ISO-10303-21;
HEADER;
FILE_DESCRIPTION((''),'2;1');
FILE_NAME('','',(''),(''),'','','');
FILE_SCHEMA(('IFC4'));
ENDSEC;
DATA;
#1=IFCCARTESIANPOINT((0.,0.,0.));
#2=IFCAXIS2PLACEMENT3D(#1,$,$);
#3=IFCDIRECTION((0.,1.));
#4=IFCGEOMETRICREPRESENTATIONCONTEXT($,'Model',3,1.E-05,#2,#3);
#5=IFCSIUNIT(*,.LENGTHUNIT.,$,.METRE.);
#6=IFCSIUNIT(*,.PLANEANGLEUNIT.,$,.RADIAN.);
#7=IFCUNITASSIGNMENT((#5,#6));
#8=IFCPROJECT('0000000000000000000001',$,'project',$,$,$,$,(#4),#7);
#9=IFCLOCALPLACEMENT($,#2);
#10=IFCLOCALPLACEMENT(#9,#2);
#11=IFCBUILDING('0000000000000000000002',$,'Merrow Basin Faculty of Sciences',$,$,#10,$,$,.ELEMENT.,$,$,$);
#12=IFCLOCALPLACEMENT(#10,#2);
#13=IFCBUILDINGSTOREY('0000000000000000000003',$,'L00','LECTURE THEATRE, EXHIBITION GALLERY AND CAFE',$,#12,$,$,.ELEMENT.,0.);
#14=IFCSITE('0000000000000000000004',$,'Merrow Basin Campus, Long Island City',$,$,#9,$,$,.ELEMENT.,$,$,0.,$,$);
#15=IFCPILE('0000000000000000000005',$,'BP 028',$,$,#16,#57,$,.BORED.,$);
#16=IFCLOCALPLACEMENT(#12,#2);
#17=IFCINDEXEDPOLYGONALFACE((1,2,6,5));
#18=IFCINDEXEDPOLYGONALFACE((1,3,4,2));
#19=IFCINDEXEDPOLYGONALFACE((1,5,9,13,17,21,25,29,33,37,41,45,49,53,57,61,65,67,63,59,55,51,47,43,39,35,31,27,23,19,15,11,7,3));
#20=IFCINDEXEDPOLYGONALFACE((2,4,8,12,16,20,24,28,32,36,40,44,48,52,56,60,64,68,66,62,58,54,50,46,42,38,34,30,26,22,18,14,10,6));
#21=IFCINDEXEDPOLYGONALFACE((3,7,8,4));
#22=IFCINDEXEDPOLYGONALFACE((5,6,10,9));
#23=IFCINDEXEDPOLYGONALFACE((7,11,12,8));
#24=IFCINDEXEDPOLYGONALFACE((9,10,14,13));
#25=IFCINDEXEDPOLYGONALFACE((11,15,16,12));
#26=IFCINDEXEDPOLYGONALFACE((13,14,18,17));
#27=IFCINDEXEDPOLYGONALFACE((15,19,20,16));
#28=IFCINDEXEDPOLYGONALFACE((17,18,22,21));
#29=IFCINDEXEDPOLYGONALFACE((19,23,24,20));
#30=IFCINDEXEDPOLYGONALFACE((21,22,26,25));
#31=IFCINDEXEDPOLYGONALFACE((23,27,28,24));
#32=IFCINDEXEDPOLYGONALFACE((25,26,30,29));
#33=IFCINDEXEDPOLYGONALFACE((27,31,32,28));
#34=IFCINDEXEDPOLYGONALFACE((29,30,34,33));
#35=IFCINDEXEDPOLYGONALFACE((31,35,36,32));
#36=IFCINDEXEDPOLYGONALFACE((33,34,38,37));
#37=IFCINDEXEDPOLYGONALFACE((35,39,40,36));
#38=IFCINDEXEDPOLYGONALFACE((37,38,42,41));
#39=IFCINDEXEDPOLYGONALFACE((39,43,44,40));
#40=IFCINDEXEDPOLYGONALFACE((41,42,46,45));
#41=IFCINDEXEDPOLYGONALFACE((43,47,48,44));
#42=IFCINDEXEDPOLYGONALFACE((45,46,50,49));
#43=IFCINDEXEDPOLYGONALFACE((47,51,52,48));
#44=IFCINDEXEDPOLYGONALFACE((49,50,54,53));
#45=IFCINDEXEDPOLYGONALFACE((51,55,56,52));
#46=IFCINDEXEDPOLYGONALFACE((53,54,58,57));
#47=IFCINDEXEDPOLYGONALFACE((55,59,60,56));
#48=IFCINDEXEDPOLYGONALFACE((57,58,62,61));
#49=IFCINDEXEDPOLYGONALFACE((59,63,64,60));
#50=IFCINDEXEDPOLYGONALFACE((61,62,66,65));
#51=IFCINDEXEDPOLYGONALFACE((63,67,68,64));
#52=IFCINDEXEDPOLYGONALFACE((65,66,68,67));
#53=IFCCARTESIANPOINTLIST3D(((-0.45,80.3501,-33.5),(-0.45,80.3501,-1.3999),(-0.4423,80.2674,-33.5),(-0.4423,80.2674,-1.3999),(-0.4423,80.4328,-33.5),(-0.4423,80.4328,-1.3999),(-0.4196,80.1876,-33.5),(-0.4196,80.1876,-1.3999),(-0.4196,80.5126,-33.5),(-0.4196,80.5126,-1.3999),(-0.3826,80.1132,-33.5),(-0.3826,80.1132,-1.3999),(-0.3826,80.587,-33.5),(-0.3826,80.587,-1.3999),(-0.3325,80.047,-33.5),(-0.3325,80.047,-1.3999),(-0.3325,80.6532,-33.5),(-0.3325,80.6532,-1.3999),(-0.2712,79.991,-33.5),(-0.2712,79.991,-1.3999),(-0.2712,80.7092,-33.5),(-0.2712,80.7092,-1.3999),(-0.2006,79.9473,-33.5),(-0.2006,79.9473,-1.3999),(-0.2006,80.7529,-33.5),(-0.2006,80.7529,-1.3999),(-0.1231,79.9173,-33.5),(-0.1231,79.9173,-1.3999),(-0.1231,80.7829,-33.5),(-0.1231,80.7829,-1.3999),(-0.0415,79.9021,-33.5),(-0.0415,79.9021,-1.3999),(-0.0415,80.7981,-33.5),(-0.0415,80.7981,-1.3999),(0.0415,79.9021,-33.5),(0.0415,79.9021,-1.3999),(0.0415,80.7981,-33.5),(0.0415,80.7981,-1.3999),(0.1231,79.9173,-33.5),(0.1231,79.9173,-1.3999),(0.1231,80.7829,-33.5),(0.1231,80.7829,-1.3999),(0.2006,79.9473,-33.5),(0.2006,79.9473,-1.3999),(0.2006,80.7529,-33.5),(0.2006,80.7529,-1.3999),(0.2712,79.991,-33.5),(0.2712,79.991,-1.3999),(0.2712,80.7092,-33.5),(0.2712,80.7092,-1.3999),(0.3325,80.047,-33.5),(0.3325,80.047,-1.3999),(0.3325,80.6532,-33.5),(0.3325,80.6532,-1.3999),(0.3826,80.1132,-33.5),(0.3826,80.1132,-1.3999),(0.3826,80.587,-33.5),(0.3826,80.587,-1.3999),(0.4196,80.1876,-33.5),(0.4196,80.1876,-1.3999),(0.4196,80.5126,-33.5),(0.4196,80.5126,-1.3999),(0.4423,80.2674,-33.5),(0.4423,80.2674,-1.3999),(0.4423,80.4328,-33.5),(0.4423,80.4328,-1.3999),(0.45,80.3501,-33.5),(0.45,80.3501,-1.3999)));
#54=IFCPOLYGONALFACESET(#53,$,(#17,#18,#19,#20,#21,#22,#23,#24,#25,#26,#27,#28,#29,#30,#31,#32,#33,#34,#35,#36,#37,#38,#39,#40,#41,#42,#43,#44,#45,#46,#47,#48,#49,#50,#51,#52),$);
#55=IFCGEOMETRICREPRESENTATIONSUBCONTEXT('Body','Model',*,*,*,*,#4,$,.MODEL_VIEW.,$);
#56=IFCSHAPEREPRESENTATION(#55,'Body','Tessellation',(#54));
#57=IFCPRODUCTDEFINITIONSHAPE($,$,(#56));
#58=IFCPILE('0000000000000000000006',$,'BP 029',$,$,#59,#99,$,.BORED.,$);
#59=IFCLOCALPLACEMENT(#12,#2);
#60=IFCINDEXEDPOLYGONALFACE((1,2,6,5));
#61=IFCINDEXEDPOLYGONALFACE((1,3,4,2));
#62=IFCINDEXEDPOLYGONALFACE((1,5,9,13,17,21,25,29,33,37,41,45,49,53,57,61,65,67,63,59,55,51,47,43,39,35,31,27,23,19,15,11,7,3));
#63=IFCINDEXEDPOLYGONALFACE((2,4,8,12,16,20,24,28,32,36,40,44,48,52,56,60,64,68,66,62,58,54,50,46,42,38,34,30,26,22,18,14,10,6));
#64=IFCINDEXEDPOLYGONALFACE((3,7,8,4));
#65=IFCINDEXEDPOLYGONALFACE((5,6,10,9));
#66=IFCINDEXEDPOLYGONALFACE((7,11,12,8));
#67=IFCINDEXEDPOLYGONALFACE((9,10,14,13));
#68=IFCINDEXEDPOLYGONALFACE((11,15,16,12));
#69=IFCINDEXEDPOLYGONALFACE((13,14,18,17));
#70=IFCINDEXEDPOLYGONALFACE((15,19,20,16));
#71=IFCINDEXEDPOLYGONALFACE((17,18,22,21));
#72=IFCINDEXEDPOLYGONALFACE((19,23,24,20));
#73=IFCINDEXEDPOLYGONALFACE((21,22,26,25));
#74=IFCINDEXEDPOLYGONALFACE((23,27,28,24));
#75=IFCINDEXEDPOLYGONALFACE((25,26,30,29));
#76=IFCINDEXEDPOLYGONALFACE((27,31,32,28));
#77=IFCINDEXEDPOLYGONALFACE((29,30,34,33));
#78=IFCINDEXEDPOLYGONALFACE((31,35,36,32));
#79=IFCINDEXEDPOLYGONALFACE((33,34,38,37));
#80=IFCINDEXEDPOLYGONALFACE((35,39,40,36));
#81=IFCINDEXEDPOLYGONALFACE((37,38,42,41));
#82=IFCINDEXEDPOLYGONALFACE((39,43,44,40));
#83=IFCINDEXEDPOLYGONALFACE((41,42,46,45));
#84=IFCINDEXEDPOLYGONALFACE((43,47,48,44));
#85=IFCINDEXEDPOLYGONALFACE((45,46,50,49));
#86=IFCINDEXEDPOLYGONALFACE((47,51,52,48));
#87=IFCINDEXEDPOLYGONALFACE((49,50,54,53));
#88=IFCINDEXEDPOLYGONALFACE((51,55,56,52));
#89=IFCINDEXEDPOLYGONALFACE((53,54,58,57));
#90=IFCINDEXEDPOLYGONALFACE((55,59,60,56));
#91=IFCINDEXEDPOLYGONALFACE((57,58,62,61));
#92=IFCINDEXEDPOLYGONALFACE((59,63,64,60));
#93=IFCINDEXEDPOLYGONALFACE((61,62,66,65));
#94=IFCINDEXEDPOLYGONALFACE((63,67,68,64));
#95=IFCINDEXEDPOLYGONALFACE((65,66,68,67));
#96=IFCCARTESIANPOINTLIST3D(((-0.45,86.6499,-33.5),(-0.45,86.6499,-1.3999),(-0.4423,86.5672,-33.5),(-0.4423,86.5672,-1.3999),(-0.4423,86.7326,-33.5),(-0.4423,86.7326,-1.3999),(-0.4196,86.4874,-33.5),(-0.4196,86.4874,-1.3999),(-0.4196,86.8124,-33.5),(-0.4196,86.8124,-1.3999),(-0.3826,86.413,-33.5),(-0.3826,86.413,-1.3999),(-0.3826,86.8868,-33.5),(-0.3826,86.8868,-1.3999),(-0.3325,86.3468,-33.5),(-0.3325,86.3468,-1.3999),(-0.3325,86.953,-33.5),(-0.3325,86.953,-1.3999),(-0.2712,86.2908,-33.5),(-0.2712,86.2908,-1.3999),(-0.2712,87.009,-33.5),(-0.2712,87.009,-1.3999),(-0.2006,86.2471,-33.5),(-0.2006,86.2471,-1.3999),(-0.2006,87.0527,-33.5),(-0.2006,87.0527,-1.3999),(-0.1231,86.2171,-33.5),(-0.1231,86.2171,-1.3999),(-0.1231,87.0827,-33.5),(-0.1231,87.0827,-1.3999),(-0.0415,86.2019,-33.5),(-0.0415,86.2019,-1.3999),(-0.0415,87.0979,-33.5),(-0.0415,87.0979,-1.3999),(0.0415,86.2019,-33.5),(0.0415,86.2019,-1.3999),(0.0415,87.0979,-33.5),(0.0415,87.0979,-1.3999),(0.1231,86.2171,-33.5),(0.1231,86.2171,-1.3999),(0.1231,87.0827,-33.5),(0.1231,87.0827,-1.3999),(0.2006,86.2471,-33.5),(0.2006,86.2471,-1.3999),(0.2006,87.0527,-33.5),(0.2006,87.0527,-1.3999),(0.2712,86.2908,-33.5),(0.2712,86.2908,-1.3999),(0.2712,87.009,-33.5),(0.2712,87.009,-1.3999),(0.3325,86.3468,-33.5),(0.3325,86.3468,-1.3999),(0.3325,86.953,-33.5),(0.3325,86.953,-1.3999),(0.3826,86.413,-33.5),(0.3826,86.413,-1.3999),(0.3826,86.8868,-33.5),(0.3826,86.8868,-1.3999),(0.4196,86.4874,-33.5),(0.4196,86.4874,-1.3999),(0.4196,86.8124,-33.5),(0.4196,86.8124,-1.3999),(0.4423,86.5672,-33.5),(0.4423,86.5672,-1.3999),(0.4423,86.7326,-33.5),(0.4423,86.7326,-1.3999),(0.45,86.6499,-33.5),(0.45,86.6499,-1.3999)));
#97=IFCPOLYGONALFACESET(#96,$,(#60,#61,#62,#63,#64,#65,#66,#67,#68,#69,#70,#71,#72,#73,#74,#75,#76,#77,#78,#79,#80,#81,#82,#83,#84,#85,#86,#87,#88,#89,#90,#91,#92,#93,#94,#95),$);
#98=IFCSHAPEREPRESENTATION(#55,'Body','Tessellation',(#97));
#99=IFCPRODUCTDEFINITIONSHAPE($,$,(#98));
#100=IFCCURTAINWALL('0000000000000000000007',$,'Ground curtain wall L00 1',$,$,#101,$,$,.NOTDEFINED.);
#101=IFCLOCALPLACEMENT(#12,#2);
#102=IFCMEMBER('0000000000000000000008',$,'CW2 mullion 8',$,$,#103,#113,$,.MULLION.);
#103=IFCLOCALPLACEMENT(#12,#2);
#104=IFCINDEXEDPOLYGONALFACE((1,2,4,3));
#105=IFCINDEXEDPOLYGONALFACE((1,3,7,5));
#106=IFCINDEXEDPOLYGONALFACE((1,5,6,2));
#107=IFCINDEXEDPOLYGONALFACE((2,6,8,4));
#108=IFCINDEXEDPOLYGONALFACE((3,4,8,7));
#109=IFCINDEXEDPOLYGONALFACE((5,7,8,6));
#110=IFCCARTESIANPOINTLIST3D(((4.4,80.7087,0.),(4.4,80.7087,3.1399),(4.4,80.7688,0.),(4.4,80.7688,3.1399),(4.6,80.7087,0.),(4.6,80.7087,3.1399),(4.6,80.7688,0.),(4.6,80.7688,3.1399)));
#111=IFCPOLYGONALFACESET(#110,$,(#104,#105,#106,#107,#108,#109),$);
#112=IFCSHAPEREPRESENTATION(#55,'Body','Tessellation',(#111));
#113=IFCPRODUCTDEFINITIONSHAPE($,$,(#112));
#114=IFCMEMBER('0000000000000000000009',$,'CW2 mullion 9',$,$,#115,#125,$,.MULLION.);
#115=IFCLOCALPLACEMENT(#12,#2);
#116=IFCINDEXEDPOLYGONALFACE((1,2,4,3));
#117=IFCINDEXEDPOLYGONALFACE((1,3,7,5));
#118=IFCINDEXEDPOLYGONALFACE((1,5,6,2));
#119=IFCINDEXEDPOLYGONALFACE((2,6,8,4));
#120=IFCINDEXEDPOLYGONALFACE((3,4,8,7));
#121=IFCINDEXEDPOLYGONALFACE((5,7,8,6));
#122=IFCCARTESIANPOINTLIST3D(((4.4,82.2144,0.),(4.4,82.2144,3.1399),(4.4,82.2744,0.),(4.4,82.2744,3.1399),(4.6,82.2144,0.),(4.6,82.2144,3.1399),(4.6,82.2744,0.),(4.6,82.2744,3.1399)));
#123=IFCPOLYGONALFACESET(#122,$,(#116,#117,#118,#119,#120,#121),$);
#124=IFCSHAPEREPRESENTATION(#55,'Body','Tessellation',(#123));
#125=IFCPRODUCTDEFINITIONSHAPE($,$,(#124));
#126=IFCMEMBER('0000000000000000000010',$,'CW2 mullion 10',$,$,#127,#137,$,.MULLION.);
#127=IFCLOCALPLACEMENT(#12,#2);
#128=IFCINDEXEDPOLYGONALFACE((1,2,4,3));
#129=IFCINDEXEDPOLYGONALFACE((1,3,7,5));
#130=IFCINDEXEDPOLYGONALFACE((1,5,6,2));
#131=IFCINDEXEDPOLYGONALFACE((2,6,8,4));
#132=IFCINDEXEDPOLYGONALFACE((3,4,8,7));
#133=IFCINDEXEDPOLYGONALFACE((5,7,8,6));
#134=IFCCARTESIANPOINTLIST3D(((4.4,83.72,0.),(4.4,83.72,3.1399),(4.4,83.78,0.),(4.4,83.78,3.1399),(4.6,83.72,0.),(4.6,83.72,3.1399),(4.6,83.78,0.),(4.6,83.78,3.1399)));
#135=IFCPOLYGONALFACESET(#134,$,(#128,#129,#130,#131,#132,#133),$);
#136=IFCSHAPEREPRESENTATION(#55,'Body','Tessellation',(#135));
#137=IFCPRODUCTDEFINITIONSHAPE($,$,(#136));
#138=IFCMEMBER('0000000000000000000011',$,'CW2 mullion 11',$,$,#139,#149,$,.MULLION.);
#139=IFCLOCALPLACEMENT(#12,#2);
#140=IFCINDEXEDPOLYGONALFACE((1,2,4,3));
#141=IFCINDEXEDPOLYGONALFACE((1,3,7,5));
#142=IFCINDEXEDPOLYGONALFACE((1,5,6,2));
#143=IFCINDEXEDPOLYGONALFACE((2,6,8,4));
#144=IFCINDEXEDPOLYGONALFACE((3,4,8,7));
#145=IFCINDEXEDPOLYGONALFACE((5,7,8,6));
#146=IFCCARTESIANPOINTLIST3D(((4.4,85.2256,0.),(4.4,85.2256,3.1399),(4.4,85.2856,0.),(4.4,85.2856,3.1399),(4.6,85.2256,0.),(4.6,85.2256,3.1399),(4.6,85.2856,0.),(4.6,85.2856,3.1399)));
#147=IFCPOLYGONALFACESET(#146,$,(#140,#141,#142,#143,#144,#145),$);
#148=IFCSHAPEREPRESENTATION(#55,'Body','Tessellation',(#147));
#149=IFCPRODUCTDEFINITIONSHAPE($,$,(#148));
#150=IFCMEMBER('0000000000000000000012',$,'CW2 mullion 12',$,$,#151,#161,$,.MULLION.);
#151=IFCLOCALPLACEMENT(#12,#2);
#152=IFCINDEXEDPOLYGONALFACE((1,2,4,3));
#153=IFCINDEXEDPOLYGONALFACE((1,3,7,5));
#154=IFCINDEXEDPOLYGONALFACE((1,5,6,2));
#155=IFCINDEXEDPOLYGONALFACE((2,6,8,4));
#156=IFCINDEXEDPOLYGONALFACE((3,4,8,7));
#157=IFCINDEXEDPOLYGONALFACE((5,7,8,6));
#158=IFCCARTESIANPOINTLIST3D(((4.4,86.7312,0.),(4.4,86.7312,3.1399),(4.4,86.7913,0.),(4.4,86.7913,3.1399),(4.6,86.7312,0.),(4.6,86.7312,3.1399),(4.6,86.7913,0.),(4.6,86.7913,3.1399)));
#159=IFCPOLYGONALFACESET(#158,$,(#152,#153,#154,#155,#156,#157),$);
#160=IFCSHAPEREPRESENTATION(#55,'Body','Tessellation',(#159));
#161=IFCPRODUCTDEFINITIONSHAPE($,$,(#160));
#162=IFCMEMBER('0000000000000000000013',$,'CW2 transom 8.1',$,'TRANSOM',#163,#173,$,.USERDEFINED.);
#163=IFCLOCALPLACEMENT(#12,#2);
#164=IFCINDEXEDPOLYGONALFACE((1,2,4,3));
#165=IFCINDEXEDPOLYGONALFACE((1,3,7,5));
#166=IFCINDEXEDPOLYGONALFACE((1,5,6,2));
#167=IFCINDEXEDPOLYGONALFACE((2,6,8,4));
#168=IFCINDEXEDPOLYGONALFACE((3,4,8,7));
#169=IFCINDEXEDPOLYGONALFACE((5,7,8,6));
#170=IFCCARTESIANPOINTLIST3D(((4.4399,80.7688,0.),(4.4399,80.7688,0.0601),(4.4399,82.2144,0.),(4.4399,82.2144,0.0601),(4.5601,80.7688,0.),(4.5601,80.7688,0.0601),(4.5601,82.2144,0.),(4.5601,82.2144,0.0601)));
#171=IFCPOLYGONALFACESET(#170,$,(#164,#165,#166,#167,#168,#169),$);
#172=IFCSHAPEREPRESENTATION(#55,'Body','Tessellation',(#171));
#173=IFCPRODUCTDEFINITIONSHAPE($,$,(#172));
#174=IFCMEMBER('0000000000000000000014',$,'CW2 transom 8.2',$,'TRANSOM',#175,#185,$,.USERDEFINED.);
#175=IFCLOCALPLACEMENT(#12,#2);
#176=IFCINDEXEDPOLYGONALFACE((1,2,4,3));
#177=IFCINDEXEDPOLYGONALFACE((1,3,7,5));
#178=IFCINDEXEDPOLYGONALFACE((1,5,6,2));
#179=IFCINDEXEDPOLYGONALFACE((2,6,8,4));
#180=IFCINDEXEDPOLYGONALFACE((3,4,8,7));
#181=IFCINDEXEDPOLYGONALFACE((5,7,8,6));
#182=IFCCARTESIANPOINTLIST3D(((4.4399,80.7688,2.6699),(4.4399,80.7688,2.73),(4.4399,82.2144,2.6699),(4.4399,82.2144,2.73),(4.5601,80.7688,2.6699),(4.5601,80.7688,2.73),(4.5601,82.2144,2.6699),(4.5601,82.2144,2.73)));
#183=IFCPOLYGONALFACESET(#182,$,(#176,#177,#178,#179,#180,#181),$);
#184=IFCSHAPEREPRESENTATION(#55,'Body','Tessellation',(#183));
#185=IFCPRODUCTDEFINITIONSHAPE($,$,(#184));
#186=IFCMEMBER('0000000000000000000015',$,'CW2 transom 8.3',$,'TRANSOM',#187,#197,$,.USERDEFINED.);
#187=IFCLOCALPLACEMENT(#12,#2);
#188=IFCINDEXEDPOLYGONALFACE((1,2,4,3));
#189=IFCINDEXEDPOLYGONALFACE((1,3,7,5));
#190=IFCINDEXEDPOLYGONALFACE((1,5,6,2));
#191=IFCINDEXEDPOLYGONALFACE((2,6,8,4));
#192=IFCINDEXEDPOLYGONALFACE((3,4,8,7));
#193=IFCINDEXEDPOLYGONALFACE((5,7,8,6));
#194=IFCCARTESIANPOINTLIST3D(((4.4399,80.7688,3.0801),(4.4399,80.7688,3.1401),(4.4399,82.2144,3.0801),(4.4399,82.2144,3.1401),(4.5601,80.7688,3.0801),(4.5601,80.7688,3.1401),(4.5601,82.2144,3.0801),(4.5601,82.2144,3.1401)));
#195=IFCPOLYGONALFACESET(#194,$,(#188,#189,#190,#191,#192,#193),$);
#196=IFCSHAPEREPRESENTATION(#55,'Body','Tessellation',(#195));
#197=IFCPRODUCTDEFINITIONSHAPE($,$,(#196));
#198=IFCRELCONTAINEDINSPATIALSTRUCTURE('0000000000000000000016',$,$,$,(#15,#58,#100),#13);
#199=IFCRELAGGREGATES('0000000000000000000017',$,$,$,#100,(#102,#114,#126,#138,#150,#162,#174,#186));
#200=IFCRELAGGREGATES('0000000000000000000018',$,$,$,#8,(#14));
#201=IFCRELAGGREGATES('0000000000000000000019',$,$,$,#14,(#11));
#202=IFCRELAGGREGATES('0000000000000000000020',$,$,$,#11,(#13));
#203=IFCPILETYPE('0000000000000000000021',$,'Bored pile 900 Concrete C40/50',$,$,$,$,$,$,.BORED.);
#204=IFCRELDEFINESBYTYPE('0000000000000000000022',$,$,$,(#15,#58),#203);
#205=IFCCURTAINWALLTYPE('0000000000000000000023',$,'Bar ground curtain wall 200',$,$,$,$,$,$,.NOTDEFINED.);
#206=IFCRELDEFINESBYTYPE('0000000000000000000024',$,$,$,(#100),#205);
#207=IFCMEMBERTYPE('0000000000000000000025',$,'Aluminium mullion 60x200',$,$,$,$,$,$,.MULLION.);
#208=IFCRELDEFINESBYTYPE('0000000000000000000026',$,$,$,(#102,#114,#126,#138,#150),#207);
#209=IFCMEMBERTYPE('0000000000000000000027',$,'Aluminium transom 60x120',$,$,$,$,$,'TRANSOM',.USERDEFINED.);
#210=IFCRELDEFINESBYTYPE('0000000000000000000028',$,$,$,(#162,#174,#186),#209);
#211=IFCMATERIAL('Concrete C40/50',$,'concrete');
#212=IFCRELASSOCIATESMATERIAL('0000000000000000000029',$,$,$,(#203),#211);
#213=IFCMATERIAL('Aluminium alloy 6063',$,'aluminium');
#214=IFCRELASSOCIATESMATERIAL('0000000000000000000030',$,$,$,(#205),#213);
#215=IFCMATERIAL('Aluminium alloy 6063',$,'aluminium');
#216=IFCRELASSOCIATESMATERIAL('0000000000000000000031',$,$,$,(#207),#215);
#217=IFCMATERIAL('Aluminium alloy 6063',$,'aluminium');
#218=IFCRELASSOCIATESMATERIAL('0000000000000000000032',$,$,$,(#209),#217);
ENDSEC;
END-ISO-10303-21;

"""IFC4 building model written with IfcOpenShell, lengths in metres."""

from ifc_helpers import new_model, si_unit, direction, frame, origin, origin_2d, place, context, subcontext, project, spatial, rectangle, circle, extrude, material, material_profile, profile_set, type_object, element, aggregate, save


model = new_model("IFC4")

# Units and contexts
model_context = context("Model", 3, precision=1e-05, world=origin(), true_north=direction((0.0, 1.0)))
body_context = subcontext(model_context, "Body", "Model", "MODEL_VIEW")
ifc_project = project(units=[si_unit("LENGTHUNIT", "METRE"), si_unit("PLANEANGLEUNIT", "RADIAN")], contexts=[model_context])

# Site, building, storey
site_placement = place(None, origin())
site = spatial("IfcSite", under=ifc_project, at=site_placement, Name="Merrow Basin Campus, Long Island City", CompositionType="ELEMENT", RefElevation=0.0)
building_placement = place(site_placement, origin())
building = spatial("IfcBuilding", under=site, at=building_placement, Name="Merrow Basin Faculty of Sciences", CompositionType="ELEMENT")
storey_placement = place(building_placement, origin())
storey = spatial("IfcBuildingStorey", under=building, at=storey_placement, Name="L00", Description="LECTURE THEATRE, EXHIBITION GALLERY AND CAFE", CompositionType="ELEMENT", Elevation=0.0)

# Piles
ifc_material_1 = material(Name="Concrete C40/50", Category="concrete")
ifc_material_profile_1 = material_profile(ifc_material_1, circle(Radius=0.45, at=origin_2d()))
ifc_profile_set_1 = profile_set([ifc_material_profile_1], Name="Concrete C40/50")
pile_type = type_object("IfcPileType", Name="Bored pile 900 Concrete C40/50", PredefinedType="BORED", material=ifc_profile_set_1)
for number, where, z_axis, x_axis, name in (
    (1, (0.0, 80.3501, -1.3999), (0.0, 0.0, -1.0), (1.0, 0.0, 0.0), "BP 028"),
    (2, (0.0, 86.6499, -1.3999), (0.0, 0.0, -1.0), (1.0, 0.0, 0.0), "BP 029"),
):
    element("IfcPile", number, at=place(storey_placement, frame(where, z_axis=z_axis, x_axis=x_axis)), inside=storey, type_object=pile_type, Name=name, PredefinedType="BORED", context=body_context, shape_type="SweptSolid", body=[
        extrude(circle(Radius=0.45, at=origin_2d()), origin(), (0.0, 0.0, 1.0), 32.1001),
    ])

# Curtain wall, members
ifc_material_2 = material(Name="Aluminium alloy 6063", Category="aluminium")
curtain_wall_type = type_object("IfcCurtainWallType", Name="Bar ground curtain wall 200", PredefinedType="NOTDEFINED", material=ifc_material_2)
curtain_wall_placement = place(storey_placement, origin())
curtain_wall = element("IfcCurtainWall", 3, at=curtain_wall_placement, inside=storey, type_object=curtain_wall_type, Name="Ground curtain wall L00 1", PredefinedType="NOTDEFINED")
ifc_material_3 = material(Name="Aluminium alloy 6063", Category="aluminium")
ifc_material_profile_2 = material_profile(ifc_material_3, rectangle(XDim=0.2, YDim=0.0601, at=origin_2d()))
ifc_profile_set_2 = profile_set([ifc_material_profile_2], Name="Aluminium alloy 6063")
member_type_1 = type_object("IfcMemberType", Name="Aluminium mullion 60x200", PredefinedType="MULLION", material=ifc_profile_set_2)
member_1_placement = place(storey_placement, frame((4.5, 80.7388, 0.0), z_axis=(0.0, 0.0, 1.0), x_axis=(-1.0, 0.0, 0.0)))
member_1 = element("IfcMember", 4, at=member_1_placement, type_object=member_type_1, Name="CW2 mullion 8", PredefinedType="MULLION", context=body_context, shape_type="SweptSolid", body=[
    extrude(rectangle(XDim=0.2, YDim=0.0601, at=origin_2d()), origin(), (0.0, 0.0, 1.0), 3.1399),
])
member_2_placement = place(storey_placement, frame((4.5, 82.2444, 0.0), z_axis=(0.0, 0.0, 1.0), x_axis=(-1.0, 0.0, 0.0)))
member_2 = element("IfcMember", 5, at=member_2_placement, type_object=member_type_1, Name="CW2 mullion 9", PredefinedType="MULLION", context=body_context, shape_type="SweptSolid", body=[
    extrude(rectangle(XDim=0.2, YDim=0.0601, at=origin_2d()), origin(), (0.0, 0.0, 1.0), 3.1399),
])
member_3_placement = place(storey_placement, frame((4.5, 83.75, 0.0), z_axis=(0.0, 0.0, 1.0), x_axis=(-1.0, 0.0, 0.0)))
member_3 = element("IfcMember", 6, at=member_3_placement, type_object=member_type_1, Name="CW2 mullion 10", PredefinedType="MULLION", context=body_context, shape_type="SweptSolid", body=[
    extrude(rectangle(XDim=0.2, YDim=0.0601, at=origin_2d()), origin(), (0.0, 0.0, 1.0), 3.1399),
])
member_4_placement = place(storey_placement, frame((4.5, 85.2556, 0.0), z_axis=(0.0, 0.0, 1.0), x_axis=(-1.0, 0.0, 0.0)))
member_4 = element("IfcMember", 7, at=member_4_placement, type_object=member_type_1, Name="CW2 mullion 11", PredefinedType="MULLION", context=body_context, shape_type="SweptSolid", body=[
    extrude(rectangle(XDim=0.2, YDim=0.0601, at=origin_2d()), origin(), (0.0, 0.0, 1.0), 3.1399),
])
member_5_placement = place(storey_placement, frame((4.5, 86.7612, 0.0), z_axis=(0.0, 0.0, 1.0), x_axis=(-1.0, 0.0, 0.0)))
member_5 = element("IfcMember", 8, at=member_5_placement, type_object=member_type_1, Name="CW2 mullion 12", PredefinedType="MULLION", context=body_context, shape_type="SweptSolid", body=[
    extrude(rectangle(XDim=0.2, YDim=0.0601, at=origin_2d()), origin(), (0.0, 0.0, 1.0), 3.1399),
])
ifc_material_4 = material(Name="Aluminium alloy 6063", Category="aluminium")
ifc_material_profile_3 = material_profile(ifc_material_4, rectangle(XDim=0.1201, YDim=0.0601, at=origin_2d()))
ifc_profile_set_3 = profile_set([ifc_material_profile_3], Name="Aluminium alloy 6063")
member_type_2 = type_object("IfcMemberType", Name="Aluminium transom 60x120", ElementType="TRANSOM", PredefinedType="USERDEFINED", material=ifc_profile_set_3)
member_6_placement = place(storey_placement, frame((4.5, 80.7688, 0.03), z_axis=(0.0, 1.0, 0.0), x_axis=(-1.0, 0.0, 0.0)))
member_6 = element("IfcMember", 9, at=member_6_placement, type_object=member_type_2, Name="CW2 transom 8.1", ObjectType="TRANSOM", PredefinedType="USERDEFINED", context=body_context, shape_type="SweptSolid", body=[
    extrude(rectangle(XDim=0.1201, YDim=0.0601, at=origin_2d()), origin(), (0.0, 0.0, 1.0), 1.4456),
])
member_7_placement = place(storey_placement, frame((4.5, 80.7688, 2.7), z_axis=(0.0, 1.0, 0.0), x_axis=(-1.0, 0.0, 0.0)))
member_7 = element("IfcMember", 10, at=member_7_placement, type_object=member_type_2, Name="CW2 transom 8.2", ObjectType="TRANSOM", PredefinedType="USERDEFINED", context=body_context, shape_type="SweptSolid", body=[
    extrude(rectangle(XDim=0.1201, YDim=0.0601, at=origin_2d()), origin(), (0.0, 0.0, 1.0), 1.4456),
])
member_8_placement = place(storey_placement, frame((4.5, 80.7688, 3.1101), z_axis=(0.0, 1.0, 0.0), x_axis=(-1.0, 0.0, 0.0)))
member_8 = element("IfcMember", 11, at=member_8_placement, type_object=member_type_2, Name="CW2 transom 8.3", ObjectType="TRANSOM", PredefinedType="USERDEFINED", context=body_context, shape_type="SweptSolid", body=[
    extrude(rectangle(XDim=0.1201, YDim=0.0601, at=origin_2d()), origin(), (0.0, 0.0, 1.0), 1.4456),
])
aggregate(curtain_wall, [member_1, member_2, member_3, member_4, member_5, member_6, member_7, member_8])

save(model, "model.ifc")
